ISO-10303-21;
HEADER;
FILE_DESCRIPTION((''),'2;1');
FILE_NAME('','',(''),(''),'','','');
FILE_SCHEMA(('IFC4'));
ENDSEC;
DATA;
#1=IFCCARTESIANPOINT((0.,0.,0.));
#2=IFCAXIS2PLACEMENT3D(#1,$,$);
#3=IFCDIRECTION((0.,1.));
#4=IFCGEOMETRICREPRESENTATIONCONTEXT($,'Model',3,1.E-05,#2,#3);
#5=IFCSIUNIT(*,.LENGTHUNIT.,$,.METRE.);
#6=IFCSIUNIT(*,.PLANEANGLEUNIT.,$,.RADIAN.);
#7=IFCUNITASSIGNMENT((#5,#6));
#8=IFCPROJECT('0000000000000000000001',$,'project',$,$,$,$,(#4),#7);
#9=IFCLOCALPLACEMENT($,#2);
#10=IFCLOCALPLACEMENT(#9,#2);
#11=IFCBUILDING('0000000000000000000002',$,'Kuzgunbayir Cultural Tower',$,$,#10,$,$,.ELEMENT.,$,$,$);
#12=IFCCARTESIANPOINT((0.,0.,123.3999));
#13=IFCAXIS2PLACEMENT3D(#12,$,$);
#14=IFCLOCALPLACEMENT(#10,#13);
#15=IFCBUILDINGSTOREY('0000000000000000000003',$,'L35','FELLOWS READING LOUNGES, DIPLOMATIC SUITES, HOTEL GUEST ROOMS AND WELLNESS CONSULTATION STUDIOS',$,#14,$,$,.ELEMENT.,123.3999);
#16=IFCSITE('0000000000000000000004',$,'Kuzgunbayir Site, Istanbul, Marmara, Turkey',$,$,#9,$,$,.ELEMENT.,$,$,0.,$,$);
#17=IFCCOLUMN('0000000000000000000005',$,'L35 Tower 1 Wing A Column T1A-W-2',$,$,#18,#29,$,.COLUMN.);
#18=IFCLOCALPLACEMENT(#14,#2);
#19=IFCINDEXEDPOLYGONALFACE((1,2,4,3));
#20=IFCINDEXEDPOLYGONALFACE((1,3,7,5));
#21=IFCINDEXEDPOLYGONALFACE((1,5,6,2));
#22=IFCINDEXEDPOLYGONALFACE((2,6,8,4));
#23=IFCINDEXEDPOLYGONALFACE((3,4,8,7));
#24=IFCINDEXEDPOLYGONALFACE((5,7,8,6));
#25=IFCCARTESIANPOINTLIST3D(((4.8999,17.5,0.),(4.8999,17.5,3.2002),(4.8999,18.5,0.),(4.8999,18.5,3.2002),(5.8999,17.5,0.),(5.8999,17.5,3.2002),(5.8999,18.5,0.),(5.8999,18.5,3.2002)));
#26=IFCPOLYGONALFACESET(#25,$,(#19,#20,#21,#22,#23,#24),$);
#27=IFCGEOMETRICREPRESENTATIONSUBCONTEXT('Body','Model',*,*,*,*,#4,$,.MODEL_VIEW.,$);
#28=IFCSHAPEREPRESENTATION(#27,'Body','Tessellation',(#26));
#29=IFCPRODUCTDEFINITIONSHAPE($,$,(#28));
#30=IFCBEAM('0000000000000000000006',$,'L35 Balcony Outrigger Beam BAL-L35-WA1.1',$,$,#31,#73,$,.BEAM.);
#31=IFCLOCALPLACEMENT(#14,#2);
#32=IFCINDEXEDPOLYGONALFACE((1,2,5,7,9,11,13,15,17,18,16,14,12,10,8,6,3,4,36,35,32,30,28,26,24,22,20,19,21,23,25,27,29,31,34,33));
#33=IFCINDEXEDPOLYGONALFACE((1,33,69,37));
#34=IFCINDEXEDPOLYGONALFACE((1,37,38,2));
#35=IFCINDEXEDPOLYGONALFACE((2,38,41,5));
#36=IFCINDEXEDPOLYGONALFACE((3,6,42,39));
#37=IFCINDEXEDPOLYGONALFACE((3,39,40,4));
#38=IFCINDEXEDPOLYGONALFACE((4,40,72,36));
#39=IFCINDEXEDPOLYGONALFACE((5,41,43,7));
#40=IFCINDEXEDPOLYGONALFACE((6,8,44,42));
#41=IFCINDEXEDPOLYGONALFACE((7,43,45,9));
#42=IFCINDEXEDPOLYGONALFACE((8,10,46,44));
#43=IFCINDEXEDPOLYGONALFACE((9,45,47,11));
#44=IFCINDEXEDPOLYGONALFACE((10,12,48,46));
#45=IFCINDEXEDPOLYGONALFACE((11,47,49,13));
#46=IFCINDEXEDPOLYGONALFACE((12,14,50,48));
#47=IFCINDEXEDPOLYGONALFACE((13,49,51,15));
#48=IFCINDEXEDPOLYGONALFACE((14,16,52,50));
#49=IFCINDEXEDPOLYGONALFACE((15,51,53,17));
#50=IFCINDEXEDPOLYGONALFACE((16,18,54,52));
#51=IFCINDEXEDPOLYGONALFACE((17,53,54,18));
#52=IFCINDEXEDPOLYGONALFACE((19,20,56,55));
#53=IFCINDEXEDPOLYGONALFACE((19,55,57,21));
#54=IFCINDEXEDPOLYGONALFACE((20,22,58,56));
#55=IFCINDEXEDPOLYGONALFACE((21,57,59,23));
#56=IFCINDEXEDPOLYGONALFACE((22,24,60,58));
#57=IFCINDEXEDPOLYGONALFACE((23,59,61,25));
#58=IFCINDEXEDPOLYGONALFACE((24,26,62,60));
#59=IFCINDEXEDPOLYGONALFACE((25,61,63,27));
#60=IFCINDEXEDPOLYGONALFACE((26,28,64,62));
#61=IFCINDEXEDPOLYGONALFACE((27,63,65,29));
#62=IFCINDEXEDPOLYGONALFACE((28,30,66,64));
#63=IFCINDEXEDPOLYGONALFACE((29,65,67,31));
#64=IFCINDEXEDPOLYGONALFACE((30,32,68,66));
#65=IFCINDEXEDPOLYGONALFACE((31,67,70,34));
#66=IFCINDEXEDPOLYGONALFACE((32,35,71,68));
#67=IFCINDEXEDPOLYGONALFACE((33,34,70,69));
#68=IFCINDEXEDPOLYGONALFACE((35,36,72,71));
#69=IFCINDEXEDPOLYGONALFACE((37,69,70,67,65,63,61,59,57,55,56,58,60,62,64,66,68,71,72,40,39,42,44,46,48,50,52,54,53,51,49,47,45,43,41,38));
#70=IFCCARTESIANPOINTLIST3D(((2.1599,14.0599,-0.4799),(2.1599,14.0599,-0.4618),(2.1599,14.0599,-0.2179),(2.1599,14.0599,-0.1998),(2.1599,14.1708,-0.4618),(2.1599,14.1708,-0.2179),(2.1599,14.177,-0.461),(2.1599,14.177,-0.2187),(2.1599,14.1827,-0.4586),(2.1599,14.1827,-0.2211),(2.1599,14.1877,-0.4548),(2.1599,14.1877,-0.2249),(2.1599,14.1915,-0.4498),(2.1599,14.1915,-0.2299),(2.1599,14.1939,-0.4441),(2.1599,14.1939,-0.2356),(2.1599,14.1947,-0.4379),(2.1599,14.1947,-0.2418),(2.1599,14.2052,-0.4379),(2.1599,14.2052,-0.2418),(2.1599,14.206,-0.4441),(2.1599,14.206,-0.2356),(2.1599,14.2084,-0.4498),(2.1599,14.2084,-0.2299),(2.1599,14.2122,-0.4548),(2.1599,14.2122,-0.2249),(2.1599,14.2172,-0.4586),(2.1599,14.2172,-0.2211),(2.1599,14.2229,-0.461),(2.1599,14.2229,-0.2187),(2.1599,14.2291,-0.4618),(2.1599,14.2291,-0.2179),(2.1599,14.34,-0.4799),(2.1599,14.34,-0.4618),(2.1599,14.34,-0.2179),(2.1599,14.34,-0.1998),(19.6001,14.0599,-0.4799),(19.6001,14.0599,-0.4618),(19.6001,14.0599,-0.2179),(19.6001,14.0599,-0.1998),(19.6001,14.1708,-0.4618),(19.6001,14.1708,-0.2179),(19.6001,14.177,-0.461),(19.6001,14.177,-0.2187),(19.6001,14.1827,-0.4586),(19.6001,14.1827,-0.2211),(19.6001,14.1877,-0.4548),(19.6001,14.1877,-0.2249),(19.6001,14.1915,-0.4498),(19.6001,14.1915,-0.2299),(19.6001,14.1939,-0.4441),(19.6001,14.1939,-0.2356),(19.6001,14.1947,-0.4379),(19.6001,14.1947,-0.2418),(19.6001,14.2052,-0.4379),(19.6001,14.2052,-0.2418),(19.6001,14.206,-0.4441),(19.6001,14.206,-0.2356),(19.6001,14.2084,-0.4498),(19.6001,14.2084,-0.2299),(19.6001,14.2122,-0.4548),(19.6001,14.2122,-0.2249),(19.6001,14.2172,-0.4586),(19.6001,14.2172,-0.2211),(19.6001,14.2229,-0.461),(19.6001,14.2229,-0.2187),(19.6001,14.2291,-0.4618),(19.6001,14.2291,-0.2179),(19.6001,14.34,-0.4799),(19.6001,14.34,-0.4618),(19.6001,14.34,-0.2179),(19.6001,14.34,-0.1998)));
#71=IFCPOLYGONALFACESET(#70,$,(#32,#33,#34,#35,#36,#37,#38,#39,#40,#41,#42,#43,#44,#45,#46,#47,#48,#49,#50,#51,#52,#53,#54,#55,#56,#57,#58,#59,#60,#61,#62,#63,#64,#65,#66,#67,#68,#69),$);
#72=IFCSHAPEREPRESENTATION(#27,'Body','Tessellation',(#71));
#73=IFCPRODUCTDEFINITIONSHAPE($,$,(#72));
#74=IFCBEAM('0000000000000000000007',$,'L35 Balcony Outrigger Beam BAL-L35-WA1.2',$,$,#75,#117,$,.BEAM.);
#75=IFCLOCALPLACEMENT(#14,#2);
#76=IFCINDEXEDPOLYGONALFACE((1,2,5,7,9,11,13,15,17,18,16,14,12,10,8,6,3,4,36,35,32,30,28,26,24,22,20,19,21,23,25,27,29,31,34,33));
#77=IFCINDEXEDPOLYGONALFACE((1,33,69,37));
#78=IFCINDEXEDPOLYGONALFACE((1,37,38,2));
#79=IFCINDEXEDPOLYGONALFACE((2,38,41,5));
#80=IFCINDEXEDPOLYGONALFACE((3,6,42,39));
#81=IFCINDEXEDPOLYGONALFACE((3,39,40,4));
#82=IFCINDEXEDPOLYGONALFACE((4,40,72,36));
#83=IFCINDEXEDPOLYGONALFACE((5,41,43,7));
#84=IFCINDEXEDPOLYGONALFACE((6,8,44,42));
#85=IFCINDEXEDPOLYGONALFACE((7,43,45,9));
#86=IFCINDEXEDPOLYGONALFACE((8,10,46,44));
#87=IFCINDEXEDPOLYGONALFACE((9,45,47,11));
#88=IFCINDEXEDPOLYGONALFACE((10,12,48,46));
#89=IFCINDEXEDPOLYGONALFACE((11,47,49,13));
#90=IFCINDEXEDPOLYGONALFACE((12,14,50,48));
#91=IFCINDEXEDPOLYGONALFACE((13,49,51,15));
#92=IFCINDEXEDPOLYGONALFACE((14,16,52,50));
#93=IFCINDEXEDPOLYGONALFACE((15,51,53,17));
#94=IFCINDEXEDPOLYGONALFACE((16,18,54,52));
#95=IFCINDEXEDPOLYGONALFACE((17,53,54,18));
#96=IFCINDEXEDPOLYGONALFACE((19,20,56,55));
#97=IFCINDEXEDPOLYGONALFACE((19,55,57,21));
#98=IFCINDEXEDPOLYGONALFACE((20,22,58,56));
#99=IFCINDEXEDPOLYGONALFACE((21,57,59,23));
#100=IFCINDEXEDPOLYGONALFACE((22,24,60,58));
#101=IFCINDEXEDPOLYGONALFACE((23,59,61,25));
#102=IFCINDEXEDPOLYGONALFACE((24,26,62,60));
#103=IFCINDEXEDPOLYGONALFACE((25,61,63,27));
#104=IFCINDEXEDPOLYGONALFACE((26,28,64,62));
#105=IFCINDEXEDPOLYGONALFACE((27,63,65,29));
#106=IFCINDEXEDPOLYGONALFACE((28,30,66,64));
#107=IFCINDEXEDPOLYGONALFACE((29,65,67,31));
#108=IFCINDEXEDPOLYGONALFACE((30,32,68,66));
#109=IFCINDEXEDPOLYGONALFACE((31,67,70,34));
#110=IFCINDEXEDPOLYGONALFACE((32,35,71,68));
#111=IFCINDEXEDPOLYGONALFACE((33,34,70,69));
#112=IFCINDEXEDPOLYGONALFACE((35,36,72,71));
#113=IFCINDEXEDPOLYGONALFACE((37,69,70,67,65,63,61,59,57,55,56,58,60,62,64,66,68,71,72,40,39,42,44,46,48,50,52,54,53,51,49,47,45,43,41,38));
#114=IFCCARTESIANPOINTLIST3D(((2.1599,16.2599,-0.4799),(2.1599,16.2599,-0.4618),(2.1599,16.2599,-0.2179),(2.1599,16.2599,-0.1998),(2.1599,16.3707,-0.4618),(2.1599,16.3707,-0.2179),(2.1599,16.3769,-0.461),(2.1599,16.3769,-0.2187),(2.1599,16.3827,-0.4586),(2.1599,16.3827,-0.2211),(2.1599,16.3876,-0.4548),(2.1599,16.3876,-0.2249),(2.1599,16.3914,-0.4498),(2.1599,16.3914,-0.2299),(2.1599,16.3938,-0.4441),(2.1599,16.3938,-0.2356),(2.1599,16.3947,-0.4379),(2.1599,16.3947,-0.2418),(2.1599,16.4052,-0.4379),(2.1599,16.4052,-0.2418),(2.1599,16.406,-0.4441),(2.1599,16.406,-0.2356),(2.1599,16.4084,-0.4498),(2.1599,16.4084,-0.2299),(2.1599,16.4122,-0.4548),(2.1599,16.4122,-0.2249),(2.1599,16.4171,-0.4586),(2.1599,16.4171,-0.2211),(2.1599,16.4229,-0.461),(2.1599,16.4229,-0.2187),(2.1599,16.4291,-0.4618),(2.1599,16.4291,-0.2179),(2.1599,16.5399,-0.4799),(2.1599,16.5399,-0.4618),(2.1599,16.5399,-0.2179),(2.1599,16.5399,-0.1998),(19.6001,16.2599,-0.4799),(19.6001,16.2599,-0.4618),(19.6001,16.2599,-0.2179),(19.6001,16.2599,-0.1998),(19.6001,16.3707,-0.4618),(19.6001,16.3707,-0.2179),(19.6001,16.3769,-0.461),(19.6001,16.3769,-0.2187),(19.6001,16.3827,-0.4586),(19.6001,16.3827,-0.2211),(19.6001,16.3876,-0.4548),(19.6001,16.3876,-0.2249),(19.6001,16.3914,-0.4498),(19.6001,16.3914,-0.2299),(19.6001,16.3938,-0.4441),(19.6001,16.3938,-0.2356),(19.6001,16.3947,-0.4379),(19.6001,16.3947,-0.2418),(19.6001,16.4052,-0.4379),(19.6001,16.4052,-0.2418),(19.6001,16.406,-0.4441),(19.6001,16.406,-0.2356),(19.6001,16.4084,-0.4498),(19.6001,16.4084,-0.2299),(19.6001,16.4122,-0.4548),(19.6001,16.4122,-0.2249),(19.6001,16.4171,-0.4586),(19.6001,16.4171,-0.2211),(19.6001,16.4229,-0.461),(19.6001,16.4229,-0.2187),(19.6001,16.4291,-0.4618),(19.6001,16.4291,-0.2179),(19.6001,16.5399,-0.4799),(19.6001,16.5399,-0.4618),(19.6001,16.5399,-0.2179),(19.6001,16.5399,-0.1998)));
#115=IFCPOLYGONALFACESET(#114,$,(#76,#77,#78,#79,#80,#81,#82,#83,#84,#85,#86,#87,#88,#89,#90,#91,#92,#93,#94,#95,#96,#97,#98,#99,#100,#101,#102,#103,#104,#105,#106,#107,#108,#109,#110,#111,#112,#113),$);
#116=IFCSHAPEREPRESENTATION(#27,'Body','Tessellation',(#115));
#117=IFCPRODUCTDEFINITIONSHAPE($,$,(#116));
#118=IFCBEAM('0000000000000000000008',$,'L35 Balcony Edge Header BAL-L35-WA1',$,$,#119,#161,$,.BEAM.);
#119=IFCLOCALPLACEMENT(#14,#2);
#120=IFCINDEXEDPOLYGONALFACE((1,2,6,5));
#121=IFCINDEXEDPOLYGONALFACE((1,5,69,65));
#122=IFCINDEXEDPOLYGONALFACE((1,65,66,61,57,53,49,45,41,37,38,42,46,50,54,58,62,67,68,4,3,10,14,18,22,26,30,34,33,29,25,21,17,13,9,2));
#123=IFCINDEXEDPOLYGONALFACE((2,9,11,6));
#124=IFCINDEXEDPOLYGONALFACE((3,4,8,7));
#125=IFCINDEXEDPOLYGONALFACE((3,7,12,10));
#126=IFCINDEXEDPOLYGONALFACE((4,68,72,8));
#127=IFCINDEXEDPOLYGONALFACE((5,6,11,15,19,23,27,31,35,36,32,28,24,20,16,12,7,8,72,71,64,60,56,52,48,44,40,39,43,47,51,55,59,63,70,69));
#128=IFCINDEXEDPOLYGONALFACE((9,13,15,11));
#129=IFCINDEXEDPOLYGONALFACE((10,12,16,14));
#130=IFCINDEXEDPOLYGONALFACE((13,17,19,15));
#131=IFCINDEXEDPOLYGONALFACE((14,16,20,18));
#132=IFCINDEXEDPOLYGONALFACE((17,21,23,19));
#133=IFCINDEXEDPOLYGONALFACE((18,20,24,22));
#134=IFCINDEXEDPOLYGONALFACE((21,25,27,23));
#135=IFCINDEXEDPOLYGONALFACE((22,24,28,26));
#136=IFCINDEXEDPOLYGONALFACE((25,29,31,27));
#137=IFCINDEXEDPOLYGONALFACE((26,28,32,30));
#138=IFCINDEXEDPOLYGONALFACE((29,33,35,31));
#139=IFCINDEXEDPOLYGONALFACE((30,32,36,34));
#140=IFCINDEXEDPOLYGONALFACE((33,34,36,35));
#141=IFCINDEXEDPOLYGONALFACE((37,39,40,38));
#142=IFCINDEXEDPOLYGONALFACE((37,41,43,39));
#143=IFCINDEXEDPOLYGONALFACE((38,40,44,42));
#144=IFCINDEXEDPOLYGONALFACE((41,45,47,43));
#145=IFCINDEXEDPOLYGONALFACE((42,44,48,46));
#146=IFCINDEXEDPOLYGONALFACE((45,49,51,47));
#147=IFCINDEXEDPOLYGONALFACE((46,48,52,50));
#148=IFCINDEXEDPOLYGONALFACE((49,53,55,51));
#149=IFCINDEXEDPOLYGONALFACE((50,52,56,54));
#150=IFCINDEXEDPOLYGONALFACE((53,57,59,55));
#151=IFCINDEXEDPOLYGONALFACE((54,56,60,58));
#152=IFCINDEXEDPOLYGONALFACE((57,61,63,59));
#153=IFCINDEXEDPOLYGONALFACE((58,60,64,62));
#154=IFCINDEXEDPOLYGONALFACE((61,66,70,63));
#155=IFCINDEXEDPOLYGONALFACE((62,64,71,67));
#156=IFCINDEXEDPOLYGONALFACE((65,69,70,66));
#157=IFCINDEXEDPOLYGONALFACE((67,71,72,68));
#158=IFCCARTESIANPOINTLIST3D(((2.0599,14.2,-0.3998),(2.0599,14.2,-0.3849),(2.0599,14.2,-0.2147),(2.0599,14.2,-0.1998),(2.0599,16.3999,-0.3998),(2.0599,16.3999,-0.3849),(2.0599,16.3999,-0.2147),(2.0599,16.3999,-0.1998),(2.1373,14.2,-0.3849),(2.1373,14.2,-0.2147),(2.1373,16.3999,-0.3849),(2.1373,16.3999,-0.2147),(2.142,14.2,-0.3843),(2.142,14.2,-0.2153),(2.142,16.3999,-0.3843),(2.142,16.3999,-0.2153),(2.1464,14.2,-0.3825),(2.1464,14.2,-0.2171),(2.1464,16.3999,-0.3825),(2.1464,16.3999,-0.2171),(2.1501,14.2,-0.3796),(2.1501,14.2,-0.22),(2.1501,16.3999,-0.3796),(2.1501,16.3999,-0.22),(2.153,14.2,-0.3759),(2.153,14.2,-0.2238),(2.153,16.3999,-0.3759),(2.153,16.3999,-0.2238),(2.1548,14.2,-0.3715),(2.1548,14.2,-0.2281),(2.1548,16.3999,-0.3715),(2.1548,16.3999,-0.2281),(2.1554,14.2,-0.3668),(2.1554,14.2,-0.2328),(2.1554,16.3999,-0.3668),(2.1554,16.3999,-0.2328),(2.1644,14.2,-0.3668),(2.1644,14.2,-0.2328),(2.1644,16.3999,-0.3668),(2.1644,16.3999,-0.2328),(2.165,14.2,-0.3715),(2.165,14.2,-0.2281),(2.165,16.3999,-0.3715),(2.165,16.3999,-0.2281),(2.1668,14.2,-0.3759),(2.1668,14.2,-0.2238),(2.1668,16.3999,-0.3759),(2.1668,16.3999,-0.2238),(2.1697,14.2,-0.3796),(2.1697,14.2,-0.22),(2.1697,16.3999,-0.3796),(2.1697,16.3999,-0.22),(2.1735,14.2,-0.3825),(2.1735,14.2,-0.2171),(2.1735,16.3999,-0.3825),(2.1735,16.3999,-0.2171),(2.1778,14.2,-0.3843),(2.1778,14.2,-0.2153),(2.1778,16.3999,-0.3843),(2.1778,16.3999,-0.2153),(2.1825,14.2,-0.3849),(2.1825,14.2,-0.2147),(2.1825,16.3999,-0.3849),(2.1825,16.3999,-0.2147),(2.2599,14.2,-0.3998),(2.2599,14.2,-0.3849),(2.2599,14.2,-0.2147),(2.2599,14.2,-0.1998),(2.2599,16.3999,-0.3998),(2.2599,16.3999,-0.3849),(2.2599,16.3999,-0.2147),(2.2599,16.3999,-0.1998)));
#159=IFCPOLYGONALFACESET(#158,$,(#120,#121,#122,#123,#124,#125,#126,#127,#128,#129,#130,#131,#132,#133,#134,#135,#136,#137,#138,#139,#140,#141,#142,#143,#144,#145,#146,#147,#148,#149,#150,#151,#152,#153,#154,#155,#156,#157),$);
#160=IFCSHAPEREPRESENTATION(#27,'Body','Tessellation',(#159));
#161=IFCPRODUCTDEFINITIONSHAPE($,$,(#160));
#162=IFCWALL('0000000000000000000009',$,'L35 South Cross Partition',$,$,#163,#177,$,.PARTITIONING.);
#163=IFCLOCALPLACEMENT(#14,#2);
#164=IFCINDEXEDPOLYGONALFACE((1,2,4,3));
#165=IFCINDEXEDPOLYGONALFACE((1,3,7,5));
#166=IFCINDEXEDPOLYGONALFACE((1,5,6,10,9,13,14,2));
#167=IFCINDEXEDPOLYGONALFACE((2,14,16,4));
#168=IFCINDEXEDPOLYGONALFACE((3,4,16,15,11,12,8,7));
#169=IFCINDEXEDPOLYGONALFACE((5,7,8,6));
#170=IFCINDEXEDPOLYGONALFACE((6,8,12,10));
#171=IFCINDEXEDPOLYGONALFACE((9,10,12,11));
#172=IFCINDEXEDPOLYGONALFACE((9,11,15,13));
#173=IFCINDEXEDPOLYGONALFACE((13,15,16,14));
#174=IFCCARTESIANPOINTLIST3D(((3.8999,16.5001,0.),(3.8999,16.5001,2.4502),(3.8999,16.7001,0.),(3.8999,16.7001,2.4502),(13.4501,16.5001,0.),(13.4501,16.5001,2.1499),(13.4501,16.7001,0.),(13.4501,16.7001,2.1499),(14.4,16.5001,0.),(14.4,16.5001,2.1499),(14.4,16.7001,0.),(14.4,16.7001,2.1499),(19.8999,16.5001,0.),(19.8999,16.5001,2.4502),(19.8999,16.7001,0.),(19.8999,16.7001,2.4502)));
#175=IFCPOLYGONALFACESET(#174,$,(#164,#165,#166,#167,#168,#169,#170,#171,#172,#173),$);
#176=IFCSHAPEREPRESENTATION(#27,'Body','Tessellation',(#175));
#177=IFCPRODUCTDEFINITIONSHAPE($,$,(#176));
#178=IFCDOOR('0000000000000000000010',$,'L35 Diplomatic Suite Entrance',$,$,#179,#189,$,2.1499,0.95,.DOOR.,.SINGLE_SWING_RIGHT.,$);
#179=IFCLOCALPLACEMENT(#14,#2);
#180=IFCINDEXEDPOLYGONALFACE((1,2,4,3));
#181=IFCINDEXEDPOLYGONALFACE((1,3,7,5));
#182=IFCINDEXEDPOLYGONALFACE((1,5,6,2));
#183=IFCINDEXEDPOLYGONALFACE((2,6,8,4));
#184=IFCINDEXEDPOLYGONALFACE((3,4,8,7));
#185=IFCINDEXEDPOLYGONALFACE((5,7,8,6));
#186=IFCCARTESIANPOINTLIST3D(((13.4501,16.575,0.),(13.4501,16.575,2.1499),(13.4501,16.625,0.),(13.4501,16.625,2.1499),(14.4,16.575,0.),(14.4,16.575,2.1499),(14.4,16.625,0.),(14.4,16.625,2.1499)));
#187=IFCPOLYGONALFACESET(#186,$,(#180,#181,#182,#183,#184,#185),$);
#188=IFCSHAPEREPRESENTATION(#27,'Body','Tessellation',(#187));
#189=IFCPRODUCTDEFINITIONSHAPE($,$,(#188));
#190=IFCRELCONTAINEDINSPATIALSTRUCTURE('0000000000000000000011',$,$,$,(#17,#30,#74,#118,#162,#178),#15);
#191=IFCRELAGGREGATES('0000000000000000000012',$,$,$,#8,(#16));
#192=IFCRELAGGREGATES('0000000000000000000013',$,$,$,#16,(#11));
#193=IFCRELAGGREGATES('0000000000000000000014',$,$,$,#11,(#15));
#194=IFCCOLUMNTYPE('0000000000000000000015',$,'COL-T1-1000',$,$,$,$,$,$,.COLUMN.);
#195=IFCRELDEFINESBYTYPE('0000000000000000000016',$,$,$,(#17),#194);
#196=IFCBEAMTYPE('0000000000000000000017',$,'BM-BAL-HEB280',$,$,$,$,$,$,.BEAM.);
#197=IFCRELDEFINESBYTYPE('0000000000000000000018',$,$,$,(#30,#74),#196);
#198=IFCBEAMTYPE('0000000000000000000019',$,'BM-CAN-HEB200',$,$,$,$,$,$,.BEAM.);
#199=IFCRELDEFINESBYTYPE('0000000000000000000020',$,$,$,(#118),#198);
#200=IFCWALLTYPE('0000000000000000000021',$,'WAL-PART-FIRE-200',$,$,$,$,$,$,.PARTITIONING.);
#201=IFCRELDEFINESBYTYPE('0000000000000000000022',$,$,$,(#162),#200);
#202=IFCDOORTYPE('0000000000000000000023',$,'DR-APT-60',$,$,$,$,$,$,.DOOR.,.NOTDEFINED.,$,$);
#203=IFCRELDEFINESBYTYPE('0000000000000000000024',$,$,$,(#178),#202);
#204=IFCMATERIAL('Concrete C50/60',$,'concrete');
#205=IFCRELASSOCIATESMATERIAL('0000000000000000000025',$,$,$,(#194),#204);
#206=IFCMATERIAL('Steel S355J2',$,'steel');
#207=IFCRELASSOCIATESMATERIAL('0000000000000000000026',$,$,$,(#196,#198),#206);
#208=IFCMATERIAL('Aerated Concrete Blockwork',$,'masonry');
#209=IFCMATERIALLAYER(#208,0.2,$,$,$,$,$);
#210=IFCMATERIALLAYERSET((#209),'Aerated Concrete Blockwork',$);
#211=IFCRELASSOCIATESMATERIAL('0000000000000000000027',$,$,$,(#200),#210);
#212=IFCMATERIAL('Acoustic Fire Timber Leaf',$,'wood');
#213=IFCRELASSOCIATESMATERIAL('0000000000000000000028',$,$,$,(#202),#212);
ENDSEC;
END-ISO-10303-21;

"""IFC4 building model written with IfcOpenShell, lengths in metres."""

from ifc_helpers import new_model, si_unit, direction, frame, frame_2d, origin, origin_2d, place, context, subcontext, project, spatial, rectangle, i_section, extrude, material, layer, layer_set, material_profile, profile_set, type_object, element, fill, save


model = new_model("IFC4")

# Units and contexts
model_context = context("Model", 3, precision=1e-05, world=origin(), true_north=direction((0.0, 1.0)))
body_context = subcontext(model_context, "Body", "Model", "MODEL_VIEW")
ifc_project = project(units=[si_unit("LENGTHUNIT", "METRE"), si_unit("PLANEANGLEUNIT", "RADIAN")], contexts=[model_context])

# Site, building, storey
site_placement = place(None, origin())
site = spatial("IfcSite", under=ifc_project, at=site_placement, Name="Kuzgunbayir Site, Istanbul, Marmara, Turkey", CompositionType="ELEMENT", RefElevation=0.0)
building_placement = place(site_placement, origin())
building = spatial("IfcBuilding", under=site, at=building_placement, Name="Kuzgunbayir Cultural Tower", CompositionType="ELEMENT")
storey_placement = place(building_placement, frame((0.0, 0.0, 123.3999)))
storey = spatial("IfcBuildingStorey", under=building, at=storey_placement, Name="L35", Description="FELLOWS READING LOUNGES, DIPLOMATIC SUITES, HOTEL GUEST ROOMS AND WELLNESS CONSULTATION STUDIOS", CompositionType="ELEMENT", Elevation=123.3999)

# Column
ifc_material_1 = material(Name="Concrete C50/60", Category="concrete")
ifc_material_profile_1 = material_profile(ifc_material_1, rectangle(XDim=1.0, YDim=1.0, at=origin_2d()), Name="RC 1000x1000")
ifc_profile_set_1 = profile_set([ifc_material_profile_1], Name="Concrete C50/60")
column_type = type_object("IfcColumnType", Name="COL-T1-1000", PredefinedType="COLUMN", material=ifc_profile_set_1)
column_placement = place(storey_placement, frame((5.3999, 18.0, 0.0), z_axis=(0.0, 0.0, 1.0), x_axis=(1.0, 0.0, 0.0)))
element("IfcColumn", 1, at=column_placement, inside=storey, type_object=column_type, Name="L35 Tower 1 Wing A Column T1A-W-2", PredefinedType="COLUMN", context=body_context, shape_type="SweptSolid", body=[
    extrude(rectangle(XDim=1.0, YDim=1.0, at=origin_2d()), origin(), (0.0, 0.0, 1.0), 3.2002),
])

# Beams
ifc_material_2 = material(Name="Steel S355J2", Category="steel")
ifc_material_profile_2 = material_profile(ifc_material_2, i_section(OverallWidth=0.28, OverallDepth=0.28, WebThickness=0.0105, FlangeThickness=0.0181, FilletRadius=0.0239, at=origin_2d()), Name="HEB 280")
ifc_profile_set_2 = profile_set([ifc_material_profile_2], Name="Steel S355J2")
beam_type_1 = type_object("IfcBeamType", Name="BM-BAL-HEB280", PredefinedType="BEAM", material=ifc_profile_set_2)
for number, where, z_axis, x_axis, name in (
    (2, (2.1599, 14.2, -0.3398), (1.0, 0.0, 0.0), (0.0, 1.0, 0.0), "L35 Balcony Outrigger Beam BAL-L35-WA1.1"),
    (3, (2.1599, 16.3999, -0.3398), (1.0, 0.0, 0.0), (0.0, 1.0, 0.0), "L35 Balcony Outrigger Beam BAL-L35-WA1.2"),
):
    element("IfcBeam", number, at=place(storey_placement, frame(where, z_axis=z_axis, x_axis=x_axis)), inside=storey, type_object=beam_type_1, Name=name, PredefinedType="BEAM", context=body_context, shape_type="SweptSolid", body=[
        extrude(i_section(OverallWidth=0.28, OverallDepth=0.28, WebThickness=0.0105, FlangeThickness=0.0181, FilletRadius=0.0239, at=origin_2d()), origin(), (0.0, 0.0, 1.0), 17.4402),
    ])
ifc_material_profile_3 = material_profile(ifc_material_2, i_section(OverallWidth=0.2, OverallDepth=0.2, WebThickness=0.009, FlangeThickness=0.0149, FilletRadius=0.0181, at=origin_2d()), Name="HEB 200")
ifc_profile_set_3 = profile_set([ifc_material_profile_3], Name="Steel S355J2")
beam_type_2 = type_object("IfcBeamType", Name="BM-CAN-HEB200", PredefinedType="BEAM", material=ifc_profile_set_3)
beam_placement = place(storey_placement, frame((2.1599, 14.2, -0.2998), z_axis=(0.0, 1.0, 0.0), x_axis=(-1.0, 0.0, 0.0)))
element("IfcBeam", 4, at=beam_placement, inside=storey, type_object=beam_type_2, Name="L35 Balcony Edge Header BAL-L35-WA1", PredefinedType="BEAM", context=body_context, shape_type="SweptSolid", body=[
    extrude(i_section(OverallWidth=0.2, OverallDepth=0.2, WebThickness=0.009, FlangeThickness=0.0149, FilletRadius=0.0181, at=origin_2d()), origin(), (0.0, 0.0, 1.0), 2.2),
])

# Shared definitions
ifc_material_3 = material(Name="Aerated Concrete Blockwork", Category="masonry")
ifc_layer_1 = layer(ifc_material_3, 0.2)
ifc_layer_set_1 = layer_set([ifc_layer_1], Name="Aerated Concrete Blockwork")
wall_type_1 = type_object("IfcWallType", Name="WAL-PART-FIRE-200", PredefinedType="PARTITIONING", material=ifc_layer_set_1)
ifc_material_4 = material(Name="Acoustic Fire Timber Leaf", Category="wood")
door_type_1 = type_object("IfcDoorType", Name="DR-APT-60", OperationType="NOTDEFINED", PredefinedType="DOOR", material=ifc_material_4)

# Wall, opening, door
wall_1_placement = place(storey_placement, frame((3.8999, 16.6001, 0.0), z_axis=(0.0, 0.0, 1.0), x_axis=(1.0, 0.0, 0.0)))
wall_1 = element("IfcWall", 5, at=wall_1_placement, inside=storey, type_object=wall_type_1, Name="L35 South Cross Partition", PredefinedType="PARTITIONING", context=body_context, shape_type="SweptSolid", body=[
    extrude(rectangle(XDim=16.0, YDim=0.2, at=frame_2d((8.0, 0.0))), origin(), (0.0, 0.0, 1.0), 2.4502),
])
opening_1_placement = place(wall_1_placement, frame((9.55, 0.0, 0.0)))
opening_1 = element("IfcOpeningElement", 6, at=opening_1_placement, cuts=wall_1, PredefinedType="OPENING", context=body_context, shape_type="SweptSolid", body=[
    extrude(rectangle(XDim=0.95, YDim=2.1499, at=frame_2d((0.4751, 1.075))), frame((0.0, 0.1099, 0.0), z_axis=(0.0, -1.0, 0.0), x_axis=(1.0, 0.0, 0.0)), (0.0, 0.0, 1.0), 0.22),
])
door_1_placement = place(opening_1_placement, origin())
door_1 = element("IfcDoor", 7, at=door_1_placement, inside=storey, type_object=door_type_1, Name="L35 Diplomatic Suite Entrance", OperationType="SINGLE_SWING_RIGHT", OverallHeight=2.1499, OverallWidth=0.95, PredefinedType="DOOR", context=body_context, shape_type="SweptSolid", body=[
    extrude(rectangle(XDim=0.95, YDim=2.1499, at=frame_2d((0.4751, 1.075))), frame((0.0, 0.0249, 0.0), z_axis=(0.0, -1.0, 0.0), x_axis=(1.0, 0.0, 0.0)), (0.0, 0.0, 1.0), 0.05),
])
fill(opening_1, door_1)

save(model, "model.ifc")
